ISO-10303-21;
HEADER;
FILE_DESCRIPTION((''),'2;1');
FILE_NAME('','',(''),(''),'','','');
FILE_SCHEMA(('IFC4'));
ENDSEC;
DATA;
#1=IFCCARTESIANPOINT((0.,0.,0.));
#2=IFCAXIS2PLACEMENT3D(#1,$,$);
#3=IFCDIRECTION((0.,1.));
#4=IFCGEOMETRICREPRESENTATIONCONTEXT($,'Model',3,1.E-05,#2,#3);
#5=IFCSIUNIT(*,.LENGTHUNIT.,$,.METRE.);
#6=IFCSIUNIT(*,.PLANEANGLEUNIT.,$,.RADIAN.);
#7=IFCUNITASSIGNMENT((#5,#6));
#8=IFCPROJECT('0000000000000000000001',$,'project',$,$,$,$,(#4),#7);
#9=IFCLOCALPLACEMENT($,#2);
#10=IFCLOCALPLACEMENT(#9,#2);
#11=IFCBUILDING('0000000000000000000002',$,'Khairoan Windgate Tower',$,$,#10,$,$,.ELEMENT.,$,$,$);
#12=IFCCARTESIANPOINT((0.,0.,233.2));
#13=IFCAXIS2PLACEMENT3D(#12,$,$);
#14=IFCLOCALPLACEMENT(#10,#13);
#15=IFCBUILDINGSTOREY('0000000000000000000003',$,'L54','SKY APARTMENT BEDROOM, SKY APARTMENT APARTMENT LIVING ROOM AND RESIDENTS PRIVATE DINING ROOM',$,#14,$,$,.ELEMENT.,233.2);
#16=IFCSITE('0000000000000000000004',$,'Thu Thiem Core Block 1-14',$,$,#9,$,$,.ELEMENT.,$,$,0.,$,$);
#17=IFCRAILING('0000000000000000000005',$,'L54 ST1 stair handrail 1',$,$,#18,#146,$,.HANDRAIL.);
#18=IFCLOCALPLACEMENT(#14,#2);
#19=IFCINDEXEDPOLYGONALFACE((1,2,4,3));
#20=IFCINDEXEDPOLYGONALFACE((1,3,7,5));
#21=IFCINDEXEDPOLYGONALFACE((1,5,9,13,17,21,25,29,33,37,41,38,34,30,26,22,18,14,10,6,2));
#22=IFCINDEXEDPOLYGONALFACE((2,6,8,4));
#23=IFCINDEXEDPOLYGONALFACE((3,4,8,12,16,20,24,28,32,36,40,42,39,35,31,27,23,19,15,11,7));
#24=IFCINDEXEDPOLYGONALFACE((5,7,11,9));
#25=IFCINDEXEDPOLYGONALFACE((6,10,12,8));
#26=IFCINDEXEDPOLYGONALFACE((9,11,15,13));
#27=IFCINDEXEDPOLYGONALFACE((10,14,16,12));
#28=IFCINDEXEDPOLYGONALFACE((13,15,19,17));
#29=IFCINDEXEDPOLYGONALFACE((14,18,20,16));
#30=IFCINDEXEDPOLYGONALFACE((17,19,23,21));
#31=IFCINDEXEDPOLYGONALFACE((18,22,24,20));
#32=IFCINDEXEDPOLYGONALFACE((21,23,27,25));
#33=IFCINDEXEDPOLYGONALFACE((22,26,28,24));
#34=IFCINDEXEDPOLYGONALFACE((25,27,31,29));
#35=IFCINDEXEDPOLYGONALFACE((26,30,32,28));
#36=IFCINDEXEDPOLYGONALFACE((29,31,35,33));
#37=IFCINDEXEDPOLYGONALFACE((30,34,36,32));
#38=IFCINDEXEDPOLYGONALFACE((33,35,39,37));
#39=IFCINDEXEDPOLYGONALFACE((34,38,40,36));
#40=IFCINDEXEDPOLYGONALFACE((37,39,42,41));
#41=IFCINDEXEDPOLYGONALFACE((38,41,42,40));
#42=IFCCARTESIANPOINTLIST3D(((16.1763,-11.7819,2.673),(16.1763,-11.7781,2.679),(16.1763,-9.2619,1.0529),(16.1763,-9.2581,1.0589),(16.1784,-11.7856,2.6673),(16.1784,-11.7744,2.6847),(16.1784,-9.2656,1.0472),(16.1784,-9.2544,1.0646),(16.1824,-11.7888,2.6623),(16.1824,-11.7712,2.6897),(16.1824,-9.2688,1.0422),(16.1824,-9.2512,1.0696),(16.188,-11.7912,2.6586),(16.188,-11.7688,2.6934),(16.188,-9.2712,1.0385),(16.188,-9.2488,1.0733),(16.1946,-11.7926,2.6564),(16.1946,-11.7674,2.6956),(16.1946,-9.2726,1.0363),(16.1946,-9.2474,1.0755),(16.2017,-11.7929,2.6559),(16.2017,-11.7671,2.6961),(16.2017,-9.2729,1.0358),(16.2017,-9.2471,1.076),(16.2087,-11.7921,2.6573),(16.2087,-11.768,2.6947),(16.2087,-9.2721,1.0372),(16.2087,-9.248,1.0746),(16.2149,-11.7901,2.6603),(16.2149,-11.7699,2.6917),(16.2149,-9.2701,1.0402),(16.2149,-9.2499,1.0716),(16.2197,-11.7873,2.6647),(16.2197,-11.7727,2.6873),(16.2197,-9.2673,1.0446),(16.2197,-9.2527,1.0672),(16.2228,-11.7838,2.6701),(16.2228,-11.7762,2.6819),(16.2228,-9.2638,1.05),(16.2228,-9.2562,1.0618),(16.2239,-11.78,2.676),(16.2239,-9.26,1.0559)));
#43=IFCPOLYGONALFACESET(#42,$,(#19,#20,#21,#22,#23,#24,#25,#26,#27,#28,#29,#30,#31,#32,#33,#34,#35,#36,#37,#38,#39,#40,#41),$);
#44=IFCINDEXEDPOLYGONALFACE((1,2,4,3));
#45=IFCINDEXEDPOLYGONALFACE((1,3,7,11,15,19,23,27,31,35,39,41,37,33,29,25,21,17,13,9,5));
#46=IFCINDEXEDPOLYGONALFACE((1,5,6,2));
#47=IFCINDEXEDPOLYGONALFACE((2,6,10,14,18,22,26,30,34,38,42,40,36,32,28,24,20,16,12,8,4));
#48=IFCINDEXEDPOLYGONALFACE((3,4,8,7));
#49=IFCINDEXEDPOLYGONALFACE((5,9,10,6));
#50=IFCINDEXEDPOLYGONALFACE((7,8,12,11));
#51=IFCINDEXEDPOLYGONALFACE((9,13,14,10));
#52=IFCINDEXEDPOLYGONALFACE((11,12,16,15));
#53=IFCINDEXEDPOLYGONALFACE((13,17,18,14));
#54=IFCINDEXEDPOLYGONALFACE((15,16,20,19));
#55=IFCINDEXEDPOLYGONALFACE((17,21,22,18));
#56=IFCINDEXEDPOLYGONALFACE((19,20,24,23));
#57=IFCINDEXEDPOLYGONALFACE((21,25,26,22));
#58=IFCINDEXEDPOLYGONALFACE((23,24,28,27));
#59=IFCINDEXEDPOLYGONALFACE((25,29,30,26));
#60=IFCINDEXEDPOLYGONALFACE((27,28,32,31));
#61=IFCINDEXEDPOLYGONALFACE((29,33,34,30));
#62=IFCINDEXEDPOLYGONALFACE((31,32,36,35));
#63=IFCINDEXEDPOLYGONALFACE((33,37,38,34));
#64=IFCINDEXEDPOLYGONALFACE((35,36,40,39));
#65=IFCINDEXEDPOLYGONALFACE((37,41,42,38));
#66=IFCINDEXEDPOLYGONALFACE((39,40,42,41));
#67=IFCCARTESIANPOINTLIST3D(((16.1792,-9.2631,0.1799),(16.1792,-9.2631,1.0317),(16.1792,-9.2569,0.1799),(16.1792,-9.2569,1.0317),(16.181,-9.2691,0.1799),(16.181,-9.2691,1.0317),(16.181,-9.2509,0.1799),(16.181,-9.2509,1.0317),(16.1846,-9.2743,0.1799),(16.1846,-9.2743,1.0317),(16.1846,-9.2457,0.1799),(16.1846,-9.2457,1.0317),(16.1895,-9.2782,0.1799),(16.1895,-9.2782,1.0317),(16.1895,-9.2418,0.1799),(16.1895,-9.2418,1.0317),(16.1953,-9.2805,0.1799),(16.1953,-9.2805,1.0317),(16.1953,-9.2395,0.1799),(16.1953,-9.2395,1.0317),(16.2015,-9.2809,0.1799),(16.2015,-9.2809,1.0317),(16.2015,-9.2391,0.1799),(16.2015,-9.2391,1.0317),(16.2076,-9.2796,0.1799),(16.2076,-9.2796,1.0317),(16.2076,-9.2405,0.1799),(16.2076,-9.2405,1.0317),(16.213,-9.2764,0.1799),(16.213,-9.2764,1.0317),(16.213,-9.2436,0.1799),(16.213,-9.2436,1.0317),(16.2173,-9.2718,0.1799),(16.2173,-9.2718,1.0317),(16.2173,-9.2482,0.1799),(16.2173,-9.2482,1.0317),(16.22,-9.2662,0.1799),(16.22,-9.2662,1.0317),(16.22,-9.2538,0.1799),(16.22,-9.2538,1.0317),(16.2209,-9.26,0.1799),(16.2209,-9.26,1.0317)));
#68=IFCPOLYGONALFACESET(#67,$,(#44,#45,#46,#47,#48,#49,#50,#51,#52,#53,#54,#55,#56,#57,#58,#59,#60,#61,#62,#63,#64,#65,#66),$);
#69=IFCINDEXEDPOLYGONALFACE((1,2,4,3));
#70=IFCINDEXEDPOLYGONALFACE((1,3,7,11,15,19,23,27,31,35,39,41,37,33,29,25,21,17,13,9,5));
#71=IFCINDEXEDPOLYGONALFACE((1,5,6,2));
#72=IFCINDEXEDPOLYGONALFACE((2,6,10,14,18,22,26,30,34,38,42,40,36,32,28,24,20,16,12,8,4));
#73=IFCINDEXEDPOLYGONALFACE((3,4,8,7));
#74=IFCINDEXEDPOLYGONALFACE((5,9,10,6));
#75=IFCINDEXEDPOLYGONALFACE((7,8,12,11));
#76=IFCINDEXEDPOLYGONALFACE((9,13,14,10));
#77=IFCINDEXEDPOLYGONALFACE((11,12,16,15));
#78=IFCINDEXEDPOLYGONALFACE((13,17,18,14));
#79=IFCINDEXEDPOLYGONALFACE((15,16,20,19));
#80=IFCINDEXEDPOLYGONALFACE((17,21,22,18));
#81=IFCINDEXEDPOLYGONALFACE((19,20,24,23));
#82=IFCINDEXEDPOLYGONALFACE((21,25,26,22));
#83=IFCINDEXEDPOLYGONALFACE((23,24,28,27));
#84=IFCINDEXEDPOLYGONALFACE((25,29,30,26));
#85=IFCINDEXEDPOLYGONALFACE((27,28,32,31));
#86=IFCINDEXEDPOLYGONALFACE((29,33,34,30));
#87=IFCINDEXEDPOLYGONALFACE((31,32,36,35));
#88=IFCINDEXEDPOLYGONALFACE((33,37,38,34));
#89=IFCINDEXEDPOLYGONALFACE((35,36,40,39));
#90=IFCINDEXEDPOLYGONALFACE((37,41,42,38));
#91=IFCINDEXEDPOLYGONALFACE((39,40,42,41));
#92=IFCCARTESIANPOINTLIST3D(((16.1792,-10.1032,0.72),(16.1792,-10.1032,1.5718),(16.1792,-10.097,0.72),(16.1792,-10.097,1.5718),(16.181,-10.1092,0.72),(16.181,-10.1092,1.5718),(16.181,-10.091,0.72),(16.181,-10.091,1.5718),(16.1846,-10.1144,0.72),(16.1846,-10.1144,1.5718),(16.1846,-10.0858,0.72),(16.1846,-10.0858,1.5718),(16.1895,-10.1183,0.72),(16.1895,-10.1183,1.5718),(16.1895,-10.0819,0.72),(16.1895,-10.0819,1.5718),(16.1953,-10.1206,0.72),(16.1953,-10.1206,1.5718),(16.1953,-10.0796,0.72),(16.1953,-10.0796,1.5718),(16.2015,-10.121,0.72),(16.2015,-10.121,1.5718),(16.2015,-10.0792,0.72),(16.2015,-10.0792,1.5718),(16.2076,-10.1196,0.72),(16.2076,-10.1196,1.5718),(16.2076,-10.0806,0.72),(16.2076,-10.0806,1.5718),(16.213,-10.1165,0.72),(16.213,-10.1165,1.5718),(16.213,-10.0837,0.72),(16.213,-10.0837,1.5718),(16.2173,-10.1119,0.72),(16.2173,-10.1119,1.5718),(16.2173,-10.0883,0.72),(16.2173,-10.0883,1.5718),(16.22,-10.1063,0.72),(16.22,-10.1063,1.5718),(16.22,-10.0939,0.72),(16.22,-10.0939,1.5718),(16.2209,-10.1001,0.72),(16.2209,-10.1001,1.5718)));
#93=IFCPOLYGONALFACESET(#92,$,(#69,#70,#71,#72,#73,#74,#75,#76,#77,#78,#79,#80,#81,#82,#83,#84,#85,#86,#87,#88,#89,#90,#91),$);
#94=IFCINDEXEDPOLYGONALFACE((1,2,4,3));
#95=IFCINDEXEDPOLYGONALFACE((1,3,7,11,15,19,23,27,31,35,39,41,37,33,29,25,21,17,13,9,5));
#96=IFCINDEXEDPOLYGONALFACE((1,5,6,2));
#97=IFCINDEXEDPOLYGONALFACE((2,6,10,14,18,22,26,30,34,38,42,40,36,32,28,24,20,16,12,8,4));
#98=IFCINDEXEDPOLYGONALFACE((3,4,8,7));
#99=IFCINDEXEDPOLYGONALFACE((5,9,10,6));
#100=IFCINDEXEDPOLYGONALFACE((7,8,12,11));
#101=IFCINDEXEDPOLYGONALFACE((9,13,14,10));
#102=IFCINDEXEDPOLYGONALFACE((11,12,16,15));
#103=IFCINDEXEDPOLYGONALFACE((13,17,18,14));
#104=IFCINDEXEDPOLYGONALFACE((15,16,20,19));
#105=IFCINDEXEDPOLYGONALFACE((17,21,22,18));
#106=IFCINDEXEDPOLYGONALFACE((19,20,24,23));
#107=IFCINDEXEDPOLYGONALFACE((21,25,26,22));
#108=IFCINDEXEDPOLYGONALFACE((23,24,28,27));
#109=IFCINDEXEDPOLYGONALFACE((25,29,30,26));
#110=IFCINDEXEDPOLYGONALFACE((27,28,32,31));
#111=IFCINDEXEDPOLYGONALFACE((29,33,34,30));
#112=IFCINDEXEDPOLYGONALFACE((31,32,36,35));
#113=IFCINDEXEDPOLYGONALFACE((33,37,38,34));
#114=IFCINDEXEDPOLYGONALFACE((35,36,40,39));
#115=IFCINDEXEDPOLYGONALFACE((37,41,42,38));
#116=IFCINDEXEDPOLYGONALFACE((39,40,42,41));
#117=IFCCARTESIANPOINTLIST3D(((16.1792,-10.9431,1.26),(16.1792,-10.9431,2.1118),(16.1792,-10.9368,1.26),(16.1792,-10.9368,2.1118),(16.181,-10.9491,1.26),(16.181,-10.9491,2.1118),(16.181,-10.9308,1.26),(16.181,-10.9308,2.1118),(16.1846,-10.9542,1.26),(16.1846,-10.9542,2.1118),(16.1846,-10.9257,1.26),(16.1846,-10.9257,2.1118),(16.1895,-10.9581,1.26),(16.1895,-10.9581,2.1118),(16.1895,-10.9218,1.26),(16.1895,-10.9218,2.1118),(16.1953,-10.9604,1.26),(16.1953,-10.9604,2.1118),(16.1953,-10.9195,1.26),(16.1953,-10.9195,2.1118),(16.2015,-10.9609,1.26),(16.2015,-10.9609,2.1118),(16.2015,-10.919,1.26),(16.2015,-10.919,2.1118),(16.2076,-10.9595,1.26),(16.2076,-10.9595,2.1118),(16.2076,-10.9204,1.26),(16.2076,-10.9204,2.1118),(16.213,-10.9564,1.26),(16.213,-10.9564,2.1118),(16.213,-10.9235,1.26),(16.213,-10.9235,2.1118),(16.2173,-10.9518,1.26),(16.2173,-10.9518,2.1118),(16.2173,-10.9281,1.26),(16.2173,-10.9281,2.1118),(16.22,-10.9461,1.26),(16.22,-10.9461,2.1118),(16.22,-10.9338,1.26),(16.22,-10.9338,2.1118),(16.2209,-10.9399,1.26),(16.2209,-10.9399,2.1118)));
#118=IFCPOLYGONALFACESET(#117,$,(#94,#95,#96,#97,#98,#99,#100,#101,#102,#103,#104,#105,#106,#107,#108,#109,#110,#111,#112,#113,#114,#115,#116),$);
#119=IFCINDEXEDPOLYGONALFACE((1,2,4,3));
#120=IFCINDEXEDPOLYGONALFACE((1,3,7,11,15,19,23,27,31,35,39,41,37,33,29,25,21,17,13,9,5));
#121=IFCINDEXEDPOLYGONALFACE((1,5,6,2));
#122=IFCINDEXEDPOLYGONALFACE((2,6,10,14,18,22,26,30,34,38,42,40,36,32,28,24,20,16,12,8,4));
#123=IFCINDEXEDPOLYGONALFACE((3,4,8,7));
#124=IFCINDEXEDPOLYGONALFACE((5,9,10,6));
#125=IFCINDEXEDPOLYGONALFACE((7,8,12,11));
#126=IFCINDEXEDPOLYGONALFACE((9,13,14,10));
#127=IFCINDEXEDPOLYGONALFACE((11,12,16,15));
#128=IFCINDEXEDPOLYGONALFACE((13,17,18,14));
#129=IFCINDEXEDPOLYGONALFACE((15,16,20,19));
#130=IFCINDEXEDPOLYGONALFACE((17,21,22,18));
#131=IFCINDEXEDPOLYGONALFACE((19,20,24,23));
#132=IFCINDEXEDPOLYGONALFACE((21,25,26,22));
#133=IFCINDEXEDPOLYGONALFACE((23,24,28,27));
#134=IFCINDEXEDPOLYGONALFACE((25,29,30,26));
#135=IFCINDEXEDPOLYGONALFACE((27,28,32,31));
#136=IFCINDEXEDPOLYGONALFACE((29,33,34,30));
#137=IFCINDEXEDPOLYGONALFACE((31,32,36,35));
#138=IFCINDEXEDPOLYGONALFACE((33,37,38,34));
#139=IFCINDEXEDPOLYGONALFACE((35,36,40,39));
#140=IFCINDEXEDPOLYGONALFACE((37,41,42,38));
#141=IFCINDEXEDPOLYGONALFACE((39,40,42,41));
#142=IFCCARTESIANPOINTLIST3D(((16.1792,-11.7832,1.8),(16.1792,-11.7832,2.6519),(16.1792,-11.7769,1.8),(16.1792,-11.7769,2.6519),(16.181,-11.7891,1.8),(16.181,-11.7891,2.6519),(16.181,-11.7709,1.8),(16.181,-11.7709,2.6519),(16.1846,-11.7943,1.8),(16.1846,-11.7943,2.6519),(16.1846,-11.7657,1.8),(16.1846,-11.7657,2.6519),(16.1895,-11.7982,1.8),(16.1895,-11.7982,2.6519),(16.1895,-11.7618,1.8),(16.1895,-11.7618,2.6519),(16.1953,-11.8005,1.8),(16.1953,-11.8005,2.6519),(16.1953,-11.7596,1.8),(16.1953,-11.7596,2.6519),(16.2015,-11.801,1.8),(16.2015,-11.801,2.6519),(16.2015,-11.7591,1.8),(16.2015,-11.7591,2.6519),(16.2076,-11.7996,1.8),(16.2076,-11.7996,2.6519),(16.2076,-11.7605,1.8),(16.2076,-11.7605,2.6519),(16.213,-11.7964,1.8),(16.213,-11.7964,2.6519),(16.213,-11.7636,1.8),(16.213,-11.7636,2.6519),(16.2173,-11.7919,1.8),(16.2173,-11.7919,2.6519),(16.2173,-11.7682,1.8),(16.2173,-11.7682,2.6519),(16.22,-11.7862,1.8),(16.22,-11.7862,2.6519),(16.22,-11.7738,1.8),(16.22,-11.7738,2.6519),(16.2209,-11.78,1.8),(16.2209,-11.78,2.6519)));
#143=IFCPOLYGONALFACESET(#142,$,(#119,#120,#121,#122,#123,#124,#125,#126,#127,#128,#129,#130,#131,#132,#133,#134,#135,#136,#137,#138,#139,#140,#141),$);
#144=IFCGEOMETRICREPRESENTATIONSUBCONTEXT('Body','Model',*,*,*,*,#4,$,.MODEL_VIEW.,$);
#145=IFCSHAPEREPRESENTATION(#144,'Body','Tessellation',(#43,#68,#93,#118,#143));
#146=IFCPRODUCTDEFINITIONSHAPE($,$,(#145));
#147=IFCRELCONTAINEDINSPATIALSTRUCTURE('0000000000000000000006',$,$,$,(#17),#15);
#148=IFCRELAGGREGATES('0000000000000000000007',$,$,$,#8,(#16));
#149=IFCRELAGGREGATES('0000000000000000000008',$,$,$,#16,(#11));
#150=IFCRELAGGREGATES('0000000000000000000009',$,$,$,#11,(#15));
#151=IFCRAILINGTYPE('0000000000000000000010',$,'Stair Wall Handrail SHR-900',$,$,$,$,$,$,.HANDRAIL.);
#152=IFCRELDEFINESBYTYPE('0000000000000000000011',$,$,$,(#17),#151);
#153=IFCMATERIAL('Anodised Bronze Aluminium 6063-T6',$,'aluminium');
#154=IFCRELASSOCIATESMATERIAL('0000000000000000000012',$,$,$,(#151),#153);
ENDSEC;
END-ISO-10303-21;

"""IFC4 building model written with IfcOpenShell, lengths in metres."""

from ifc_helpers import new_model, si_unit, direction, frame, origin, origin_2d, place, context, subcontext, project, spatial, circle, extrude, material, type_object, element, save


model = new_model("IFC4")

# Units and contexts
model_context = context("Model", 3, precision=1e-05, world=origin(), true_north=direction((0.0, 1.0)))
body_context = subcontext(model_context, "Body", "Model", "MODEL_VIEW")
ifc_project = project(units=[si_unit("LENGTHUNIT", "METRE"), si_unit("PLANEANGLEUNIT", "RADIAN")], contexts=[model_context])

# Site, building, storey
site_placement = place(None, origin())
site = spatial("IfcSite", under=ifc_project, at=site_placement, Name="Thu Thiem Core Block 1-14", CompositionType="ELEMENT", RefElevation=0.0)
building_placement = place(site_placement, origin())
building = spatial("IfcBuilding", under=site, at=building_placement, Name="Khairoan Windgate Tower", CompositionType="ELEMENT")
storey_placement = place(building_placement, frame((0.0, 0.0, 233.2)))
storey = spatial("IfcBuildingStorey", under=building, at=storey_placement, Name="L54", Description="SKY APARTMENT BEDROOM, SKY APARTMENT APARTMENT LIVING ROOM AND RESIDENTS PRIVATE DINING ROOM", CompositionType="ELEMENT", Elevation=233.2)

# Railing
ifc_material_1 = material(Name="Anodised Bronze Aluminium 6063-T6", Category="aluminium")
railing_type_1 = type_object("IfcRailingType", Name="Stair Wall Handrail SHR-900", PredefinedType="HANDRAIL", material=ifc_material_1)
railing_1_placement = place(storey_placement, frame((16.2, -9.26, 0.1799)))
element("IfcRailing", 1, at=railing_1_placement, inside=storey, type_object=railing_type_1, Name="L54 ST1 stair handrail 1", PredefinedType="HANDRAIL", context=body_context, shape_type="SweptSolid", body=[
    extrude(circle(Radius=0.0239, at=origin_2d()), frame((0.0, 0.0, 0.876), z_axis=(0.0, -0.841163, 0.540782), x_axis=(1.0, 0.0, 0.0)), (0.0, 0.0, 1.0), 2.9958),
    extrude(circle(Radius=0.021, at=origin_2d()), origin(), (0.0, 0.0, 1.0), 0.8518),
    extrude(circle(Radius=0.021, at=origin_2d()), frame((0.0, -0.8401, 0.54)), (0.0, 0.0, 1.0), 0.8518),
    extrude(circle(Radius=0.021, at=origin_2d()), frame((0.0, -1.6799, 1.0801)), (0.0, 0.0, 1.0), 0.8518),
    extrude(circle(Radius=0.021, at=origin_2d()), frame((0.0, -2.52, 1.6201)), (0.0, 0.0, 1.0), 0.8518),
])

save(model, "model.ifc")
